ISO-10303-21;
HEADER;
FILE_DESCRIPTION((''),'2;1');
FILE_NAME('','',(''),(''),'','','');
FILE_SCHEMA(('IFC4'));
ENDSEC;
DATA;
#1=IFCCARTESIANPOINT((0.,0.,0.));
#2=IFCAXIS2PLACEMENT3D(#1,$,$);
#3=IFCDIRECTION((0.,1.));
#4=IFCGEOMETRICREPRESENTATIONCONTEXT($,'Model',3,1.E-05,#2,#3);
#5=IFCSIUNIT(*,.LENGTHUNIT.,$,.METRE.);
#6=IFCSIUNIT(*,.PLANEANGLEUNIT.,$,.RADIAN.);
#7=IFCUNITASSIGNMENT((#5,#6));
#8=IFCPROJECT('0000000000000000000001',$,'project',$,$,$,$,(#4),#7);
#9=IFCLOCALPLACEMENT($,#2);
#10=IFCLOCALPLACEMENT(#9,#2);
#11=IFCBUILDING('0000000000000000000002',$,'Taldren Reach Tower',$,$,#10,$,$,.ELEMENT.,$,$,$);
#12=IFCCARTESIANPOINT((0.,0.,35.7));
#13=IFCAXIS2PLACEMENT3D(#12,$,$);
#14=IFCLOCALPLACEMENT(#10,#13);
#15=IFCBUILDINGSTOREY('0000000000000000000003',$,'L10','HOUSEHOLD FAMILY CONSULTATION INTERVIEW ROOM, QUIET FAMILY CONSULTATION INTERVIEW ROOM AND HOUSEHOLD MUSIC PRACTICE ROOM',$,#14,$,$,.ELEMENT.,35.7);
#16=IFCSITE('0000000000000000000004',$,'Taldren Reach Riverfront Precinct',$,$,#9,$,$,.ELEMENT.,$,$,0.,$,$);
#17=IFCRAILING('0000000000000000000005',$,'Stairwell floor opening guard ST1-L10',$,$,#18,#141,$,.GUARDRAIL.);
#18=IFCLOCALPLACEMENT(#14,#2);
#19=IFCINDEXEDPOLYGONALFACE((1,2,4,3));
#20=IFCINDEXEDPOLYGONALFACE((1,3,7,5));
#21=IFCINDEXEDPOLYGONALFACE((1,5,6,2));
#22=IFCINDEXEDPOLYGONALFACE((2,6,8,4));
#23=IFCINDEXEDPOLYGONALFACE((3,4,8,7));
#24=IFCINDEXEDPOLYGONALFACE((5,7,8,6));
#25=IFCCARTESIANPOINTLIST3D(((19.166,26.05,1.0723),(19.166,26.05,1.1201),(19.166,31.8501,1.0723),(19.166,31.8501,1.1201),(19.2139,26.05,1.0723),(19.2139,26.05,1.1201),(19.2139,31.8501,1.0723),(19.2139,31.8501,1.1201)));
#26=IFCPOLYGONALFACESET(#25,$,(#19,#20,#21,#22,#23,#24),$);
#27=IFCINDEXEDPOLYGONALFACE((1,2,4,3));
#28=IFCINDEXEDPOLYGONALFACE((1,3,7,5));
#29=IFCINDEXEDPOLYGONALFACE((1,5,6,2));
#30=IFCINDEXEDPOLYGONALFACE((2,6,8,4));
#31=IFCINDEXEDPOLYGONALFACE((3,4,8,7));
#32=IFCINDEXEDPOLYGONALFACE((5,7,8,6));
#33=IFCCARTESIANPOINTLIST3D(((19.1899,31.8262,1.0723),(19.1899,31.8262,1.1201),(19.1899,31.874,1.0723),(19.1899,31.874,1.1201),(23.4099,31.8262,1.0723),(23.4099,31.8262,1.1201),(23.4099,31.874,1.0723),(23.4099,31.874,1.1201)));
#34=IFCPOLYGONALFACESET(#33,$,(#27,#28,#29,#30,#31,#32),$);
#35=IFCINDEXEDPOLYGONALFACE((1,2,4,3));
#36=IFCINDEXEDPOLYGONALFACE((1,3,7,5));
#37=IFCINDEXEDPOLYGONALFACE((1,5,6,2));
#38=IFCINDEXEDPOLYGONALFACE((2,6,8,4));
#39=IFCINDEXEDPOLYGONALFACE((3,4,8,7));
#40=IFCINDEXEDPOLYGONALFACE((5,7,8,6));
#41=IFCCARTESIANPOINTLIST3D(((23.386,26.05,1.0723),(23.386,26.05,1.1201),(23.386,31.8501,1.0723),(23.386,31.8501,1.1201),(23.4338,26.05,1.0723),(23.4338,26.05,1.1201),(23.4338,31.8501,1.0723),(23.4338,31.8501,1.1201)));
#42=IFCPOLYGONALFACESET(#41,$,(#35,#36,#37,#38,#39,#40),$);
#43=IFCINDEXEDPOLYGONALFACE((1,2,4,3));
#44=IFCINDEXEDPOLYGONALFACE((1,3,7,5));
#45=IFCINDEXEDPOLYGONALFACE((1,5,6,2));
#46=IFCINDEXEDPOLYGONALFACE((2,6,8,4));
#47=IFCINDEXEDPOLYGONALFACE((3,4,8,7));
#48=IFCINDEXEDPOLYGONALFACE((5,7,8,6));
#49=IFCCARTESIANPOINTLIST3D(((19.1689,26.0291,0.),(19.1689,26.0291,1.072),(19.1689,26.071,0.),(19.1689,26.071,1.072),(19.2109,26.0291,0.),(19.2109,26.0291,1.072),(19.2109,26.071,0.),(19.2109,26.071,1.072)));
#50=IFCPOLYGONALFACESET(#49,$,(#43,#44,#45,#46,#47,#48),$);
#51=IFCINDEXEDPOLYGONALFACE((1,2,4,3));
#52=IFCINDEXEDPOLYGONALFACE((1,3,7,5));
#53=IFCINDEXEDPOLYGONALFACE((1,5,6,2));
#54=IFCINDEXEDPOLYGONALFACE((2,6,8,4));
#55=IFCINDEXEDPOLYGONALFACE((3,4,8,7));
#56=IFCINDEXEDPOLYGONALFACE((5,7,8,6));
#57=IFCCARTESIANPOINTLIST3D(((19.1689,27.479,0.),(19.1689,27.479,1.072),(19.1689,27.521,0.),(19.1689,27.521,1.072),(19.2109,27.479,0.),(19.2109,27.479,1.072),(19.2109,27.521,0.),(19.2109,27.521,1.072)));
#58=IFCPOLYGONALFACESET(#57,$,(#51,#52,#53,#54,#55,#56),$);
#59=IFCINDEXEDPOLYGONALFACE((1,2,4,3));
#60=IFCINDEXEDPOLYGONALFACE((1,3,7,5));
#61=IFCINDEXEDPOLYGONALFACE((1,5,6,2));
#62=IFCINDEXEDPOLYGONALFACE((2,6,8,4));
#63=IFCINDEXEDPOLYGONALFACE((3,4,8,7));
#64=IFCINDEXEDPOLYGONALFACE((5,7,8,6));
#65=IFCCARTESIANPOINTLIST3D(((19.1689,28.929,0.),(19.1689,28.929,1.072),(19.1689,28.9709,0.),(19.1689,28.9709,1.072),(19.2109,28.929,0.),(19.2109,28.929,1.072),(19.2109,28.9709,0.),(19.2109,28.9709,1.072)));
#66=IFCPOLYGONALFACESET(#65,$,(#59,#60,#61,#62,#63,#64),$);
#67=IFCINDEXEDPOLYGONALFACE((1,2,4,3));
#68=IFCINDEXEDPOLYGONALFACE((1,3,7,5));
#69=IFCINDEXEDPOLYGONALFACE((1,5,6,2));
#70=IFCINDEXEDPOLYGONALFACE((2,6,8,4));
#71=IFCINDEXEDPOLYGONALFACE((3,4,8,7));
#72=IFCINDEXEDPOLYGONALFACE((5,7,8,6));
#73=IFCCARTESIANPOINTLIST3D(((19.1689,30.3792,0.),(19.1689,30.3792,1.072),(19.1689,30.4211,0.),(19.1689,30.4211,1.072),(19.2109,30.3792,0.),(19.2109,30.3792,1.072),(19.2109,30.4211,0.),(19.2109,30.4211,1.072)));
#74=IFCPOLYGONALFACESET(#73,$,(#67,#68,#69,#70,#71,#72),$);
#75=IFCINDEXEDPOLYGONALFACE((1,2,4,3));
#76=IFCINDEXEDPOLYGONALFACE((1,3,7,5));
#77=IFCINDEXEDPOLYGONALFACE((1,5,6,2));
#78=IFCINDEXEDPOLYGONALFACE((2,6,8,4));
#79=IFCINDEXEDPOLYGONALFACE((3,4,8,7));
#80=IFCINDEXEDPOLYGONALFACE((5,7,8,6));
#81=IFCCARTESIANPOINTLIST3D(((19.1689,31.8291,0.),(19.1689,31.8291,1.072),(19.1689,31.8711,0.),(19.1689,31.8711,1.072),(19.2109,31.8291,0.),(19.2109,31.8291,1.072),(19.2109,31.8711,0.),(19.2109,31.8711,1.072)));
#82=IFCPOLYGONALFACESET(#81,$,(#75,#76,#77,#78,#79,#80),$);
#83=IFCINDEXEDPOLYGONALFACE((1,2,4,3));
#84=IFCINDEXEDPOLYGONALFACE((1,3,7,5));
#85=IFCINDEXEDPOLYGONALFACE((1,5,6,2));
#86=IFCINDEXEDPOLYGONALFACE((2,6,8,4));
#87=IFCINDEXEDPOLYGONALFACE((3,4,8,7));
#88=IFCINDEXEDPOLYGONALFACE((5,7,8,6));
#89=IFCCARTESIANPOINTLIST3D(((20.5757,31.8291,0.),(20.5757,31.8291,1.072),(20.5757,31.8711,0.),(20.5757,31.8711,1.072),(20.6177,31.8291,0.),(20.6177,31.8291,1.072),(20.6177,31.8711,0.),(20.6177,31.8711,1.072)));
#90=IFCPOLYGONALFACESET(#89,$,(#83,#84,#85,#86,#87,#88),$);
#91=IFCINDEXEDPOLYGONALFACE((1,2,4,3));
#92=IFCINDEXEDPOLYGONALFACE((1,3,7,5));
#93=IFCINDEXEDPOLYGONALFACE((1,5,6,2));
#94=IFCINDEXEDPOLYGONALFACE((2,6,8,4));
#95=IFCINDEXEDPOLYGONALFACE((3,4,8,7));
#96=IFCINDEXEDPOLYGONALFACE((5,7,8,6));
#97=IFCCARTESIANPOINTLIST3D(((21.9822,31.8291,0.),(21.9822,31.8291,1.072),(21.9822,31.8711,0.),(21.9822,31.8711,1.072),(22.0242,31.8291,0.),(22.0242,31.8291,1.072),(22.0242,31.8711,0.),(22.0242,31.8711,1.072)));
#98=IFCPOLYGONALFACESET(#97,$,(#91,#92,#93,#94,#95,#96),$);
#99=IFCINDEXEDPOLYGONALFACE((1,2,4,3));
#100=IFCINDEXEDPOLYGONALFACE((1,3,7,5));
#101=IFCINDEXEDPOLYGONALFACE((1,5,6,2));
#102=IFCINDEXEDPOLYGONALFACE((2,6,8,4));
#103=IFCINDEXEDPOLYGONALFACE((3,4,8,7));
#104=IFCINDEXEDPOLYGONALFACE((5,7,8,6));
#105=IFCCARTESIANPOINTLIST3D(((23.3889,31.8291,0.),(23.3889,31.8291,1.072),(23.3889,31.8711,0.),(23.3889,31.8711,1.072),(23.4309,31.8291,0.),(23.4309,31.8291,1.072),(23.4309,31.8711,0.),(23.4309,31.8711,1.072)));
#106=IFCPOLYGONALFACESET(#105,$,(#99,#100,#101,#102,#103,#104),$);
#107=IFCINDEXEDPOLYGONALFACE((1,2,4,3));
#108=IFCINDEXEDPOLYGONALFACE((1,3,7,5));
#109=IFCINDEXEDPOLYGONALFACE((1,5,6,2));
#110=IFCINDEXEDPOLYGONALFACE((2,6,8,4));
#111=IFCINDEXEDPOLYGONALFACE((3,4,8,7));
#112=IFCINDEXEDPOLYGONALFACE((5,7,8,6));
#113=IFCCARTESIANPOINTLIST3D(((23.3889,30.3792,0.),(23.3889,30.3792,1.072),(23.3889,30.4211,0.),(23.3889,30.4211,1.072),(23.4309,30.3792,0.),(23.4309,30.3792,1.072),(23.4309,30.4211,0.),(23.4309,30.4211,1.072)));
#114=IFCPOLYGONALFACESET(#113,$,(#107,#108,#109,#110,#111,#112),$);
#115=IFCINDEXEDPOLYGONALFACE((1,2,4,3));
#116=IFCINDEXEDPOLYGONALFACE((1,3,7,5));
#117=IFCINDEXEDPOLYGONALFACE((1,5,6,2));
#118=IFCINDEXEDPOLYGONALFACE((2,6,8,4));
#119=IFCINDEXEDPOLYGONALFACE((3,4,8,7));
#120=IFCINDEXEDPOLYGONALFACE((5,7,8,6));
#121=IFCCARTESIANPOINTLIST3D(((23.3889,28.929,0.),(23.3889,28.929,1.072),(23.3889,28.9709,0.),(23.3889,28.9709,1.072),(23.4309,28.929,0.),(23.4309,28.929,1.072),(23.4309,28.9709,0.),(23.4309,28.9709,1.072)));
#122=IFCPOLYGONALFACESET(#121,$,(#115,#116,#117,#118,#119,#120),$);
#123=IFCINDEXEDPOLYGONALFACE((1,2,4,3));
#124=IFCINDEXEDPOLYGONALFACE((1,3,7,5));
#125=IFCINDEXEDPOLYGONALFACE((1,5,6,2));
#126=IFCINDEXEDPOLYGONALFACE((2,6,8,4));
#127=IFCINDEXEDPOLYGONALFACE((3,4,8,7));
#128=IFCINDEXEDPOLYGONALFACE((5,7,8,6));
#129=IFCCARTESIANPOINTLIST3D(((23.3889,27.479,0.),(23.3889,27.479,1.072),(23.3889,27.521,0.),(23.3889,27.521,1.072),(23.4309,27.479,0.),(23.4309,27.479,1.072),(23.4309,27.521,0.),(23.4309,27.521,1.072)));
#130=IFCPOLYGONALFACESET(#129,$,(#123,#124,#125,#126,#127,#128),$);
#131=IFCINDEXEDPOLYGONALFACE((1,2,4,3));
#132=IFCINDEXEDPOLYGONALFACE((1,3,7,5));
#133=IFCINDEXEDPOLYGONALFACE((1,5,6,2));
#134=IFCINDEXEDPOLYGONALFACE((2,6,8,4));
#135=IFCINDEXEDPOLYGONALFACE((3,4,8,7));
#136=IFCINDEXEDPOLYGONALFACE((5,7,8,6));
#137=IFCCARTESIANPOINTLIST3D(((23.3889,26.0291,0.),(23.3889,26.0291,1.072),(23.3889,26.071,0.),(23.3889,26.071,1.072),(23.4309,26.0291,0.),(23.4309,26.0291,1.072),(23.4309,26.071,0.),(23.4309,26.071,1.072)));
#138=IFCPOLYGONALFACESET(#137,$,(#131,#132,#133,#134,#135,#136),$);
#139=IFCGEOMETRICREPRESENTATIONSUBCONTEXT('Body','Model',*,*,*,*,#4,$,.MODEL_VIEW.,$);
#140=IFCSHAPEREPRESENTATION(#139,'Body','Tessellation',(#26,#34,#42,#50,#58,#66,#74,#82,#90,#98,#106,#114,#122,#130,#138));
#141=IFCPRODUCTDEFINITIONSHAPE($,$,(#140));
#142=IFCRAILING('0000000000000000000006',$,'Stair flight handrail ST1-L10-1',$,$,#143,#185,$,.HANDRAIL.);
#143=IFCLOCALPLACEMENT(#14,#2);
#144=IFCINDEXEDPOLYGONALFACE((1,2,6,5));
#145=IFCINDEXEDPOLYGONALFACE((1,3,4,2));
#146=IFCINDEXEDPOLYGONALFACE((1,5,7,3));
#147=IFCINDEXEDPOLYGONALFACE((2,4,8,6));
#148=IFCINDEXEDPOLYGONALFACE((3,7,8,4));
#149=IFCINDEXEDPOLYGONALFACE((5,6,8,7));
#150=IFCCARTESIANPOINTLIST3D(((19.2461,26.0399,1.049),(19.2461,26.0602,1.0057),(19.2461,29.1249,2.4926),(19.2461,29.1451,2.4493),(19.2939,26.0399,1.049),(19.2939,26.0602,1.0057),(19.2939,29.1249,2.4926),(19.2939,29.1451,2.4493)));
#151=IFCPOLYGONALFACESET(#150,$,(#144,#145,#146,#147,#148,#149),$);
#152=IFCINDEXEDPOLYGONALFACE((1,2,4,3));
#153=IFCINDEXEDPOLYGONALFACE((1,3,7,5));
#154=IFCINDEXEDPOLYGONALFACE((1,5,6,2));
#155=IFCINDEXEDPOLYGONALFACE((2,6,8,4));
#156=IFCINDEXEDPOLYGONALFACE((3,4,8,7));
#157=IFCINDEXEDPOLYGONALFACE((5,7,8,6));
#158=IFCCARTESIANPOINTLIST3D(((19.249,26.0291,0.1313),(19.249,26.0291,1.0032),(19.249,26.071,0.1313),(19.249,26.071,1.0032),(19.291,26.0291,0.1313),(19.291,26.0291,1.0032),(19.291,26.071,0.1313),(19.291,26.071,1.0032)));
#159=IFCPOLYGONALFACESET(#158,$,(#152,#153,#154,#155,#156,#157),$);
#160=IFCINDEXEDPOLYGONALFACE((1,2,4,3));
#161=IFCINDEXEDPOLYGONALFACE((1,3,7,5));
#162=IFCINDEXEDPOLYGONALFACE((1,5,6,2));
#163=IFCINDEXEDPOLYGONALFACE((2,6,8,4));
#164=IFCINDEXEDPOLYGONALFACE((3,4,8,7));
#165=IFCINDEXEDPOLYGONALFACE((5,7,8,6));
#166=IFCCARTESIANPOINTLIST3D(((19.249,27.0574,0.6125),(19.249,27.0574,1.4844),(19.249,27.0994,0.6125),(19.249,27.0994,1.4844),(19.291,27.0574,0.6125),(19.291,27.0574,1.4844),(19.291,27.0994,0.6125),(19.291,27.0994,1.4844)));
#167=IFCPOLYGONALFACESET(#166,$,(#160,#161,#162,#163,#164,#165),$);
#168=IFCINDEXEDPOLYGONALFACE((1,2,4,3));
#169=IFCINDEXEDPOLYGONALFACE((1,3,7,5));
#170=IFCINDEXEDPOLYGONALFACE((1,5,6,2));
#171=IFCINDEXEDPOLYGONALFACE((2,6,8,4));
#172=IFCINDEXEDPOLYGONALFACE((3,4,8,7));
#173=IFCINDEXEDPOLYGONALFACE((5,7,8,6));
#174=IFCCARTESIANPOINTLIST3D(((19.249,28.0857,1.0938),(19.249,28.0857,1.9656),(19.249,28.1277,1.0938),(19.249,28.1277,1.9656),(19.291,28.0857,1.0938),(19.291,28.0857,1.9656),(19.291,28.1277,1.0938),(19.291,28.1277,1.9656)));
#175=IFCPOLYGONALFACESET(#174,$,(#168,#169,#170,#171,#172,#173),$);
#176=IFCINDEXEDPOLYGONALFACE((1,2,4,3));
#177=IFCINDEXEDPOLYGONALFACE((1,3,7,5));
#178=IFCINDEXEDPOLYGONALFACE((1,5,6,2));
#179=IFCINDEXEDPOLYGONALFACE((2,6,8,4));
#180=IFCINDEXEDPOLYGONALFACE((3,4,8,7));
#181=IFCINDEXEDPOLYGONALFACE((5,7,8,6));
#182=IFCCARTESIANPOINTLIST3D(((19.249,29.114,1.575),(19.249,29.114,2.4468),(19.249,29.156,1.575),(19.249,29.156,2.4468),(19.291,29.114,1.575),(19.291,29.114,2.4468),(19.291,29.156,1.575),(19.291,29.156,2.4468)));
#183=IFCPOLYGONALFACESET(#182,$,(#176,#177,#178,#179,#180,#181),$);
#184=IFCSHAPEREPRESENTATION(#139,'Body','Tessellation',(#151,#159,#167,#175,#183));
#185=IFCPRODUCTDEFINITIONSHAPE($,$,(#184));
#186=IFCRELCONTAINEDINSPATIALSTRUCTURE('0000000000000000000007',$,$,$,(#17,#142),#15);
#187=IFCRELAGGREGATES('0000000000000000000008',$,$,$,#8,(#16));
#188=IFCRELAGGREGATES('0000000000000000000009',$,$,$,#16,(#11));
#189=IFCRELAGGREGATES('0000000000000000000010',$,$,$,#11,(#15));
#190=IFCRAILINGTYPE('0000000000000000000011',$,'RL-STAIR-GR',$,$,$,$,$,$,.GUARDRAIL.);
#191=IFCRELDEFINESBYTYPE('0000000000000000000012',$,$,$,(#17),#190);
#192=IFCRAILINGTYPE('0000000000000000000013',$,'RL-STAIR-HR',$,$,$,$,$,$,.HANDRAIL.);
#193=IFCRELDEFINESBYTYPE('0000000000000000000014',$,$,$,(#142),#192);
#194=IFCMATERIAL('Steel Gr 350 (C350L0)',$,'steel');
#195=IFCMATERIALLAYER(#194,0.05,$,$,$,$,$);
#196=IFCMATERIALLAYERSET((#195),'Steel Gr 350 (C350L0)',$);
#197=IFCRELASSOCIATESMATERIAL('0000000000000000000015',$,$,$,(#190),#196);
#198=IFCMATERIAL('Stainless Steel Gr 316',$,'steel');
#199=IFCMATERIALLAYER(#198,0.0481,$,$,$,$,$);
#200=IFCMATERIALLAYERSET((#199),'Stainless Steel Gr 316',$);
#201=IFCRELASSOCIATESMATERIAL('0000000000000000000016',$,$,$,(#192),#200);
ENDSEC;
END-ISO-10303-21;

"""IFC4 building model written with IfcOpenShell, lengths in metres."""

from ifc_helpers import new_model, si_unit, direction, frame, origin, origin_2d, place, context, subcontext, project, spatial, rectangle, extrude, material, layer, layer_set, type_object, element, save


model = new_model("IFC4")

# Units and contexts
model_context = context("Model", 3, precision=1e-05, world=origin(), true_north=direction((0.0, 1.0)))
body_context = subcontext(model_context, "Body", "Model", "MODEL_VIEW")
ifc_project = project(units=[si_unit("LENGTHUNIT", "METRE"), si_unit("PLANEANGLEUNIT", "RADIAN")], contexts=[model_context])

# Site, building, storey
site_placement = place(None, origin())
site = spatial("IfcSite", under=ifc_project, at=site_placement, Name="Taldren Reach Riverfront Precinct", CompositionType="ELEMENT", RefElevation=0.0)
building_placement = place(site_placement, origin())
building = spatial("IfcBuilding", under=site, at=building_placement, Name="Taldren Reach Tower", CompositionType="ELEMENT")
storey_placement = place(building_placement, frame((0.0, 0.0, 35.7)))
storey = spatial("IfcBuildingStorey", under=building, at=storey_placement, Name="L10", Description="HOUSEHOLD FAMILY CONSULTATION INTERVIEW ROOM, QUIET FAMILY CONSULTATION INTERVIEW ROOM AND HOUSEHOLD MUSIC PRACTICE ROOM", CompositionType="ELEMENT", Elevation=35.7)

# Railings
ifc_material_1 = material(Name="Steel Gr 350 (C350L0)", Category="steel")
ifc_layer_1 = layer(ifc_material_1, 0.05)
ifc_layer_set_1 = layer_set([ifc_layer_1], Name="Steel Gr 350 (C350L0)")
railing_type_1 = type_object("IfcRailingType", Name="RL-STAIR-GR", PredefinedType="GUARDRAIL", material=ifc_layer_set_1)
railing_1_placement = place(storey_placement, frame((19.1899, 26.05, 0.0)))
element("IfcRailing", 1, at=railing_1_placement, inside=storey, type_object=railing_type_1, Name="Stairwell floor opening guard ST1-L10", PredefinedType="GUARDRAIL", context=body_context, shape_type="SweptSolid", body=[
    extrude(rectangle(XDim=0.0479, YDim=0.0479, at=origin_2d()), frame((0.0, 0.0, 1.0962), z_axis=(0.0, 1.0, 0.0), x_axis=(-1.0, 0.0, 0.0)), (0.0, 0.0, 1.0), 5.8),
    extrude(rectangle(XDim=0.0479, YDim=0.0479, at=origin_2d()), frame((0.0, 5.8, 1.0962), z_axis=(1.0, 0.0, 0.0), x_axis=(0.0, 1.0, 0.0)), (0.0, 0.0, 1.0), 4.22),
    extrude(rectangle(XDim=0.0479, YDim=0.0479, at=origin_2d()), frame((4.22, 5.8, 1.0962), z_axis=(0.0, -1.0, 0.0), x_axis=(1.0, 0.0, 0.0)), (0.0, 0.0, 1.0), 5.8),
    extrude(rectangle(XDim=0.042, YDim=0.042, at=origin_2d()), origin(), (0.0, 0.0, 1.0), 1.072),
    extrude(rectangle(XDim=0.042, YDim=0.042, at=origin_2d()), frame((0.0, 1.45, 0.0)), (0.0, 0.0, 1.0), 1.072),
    extrude(rectangle(XDim=0.042, YDim=0.042, at=origin_2d()), frame((0.0, 2.8999, 0.0)), (0.0, 0.0, 1.0), 1.072),
    extrude(rectangle(XDim=0.042, YDim=0.042, at=origin_2d()), frame((0.0, 4.3501, 0.0)), (0.0, 0.0, 1.0), 1.072),
    extrude(rectangle(XDim=0.042, YDim=0.042, at=origin_2d()), frame((0.0, 5.8, 0.0)), (0.0, 0.0, 1.0), 1.072),
    extrude(rectangle(XDim=0.042, YDim=0.042, at=origin_2d()), frame((1.4067, 5.8, 0.0)), (0.0, 0.0, 1.0), 1.072),
    extrude(rectangle(XDim=0.042, YDim=0.042, at=origin_2d()), frame((2.8132, 5.8, 0.0)), (0.0, 0.0, 1.0), 1.072),
    extrude(rectangle(XDim=0.042, YDim=0.042, at=origin_2d()), frame((4.22, 5.8, 0.0)), (0.0, 0.0, 1.0), 1.072),
    extrude(rectangle(XDim=0.042, YDim=0.042, at=origin_2d()), frame((4.22, 4.3501, 0.0)), (0.0, 0.0, 1.0), 1.072),
    extrude(rectangle(XDim=0.042, YDim=0.042, at=origin_2d()), frame((4.22, 2.8999, 0.0)), (0.0, 0.0, 1.0), 1.072),
    extrude(rectangle(XDim=0.042, YDim=0.042, at=origin_2d()), frame((4.22, 1.45, 0.0)), (0.0, 0.0, 1.0), 1.072),
    extrude(rectangle(XDim=0.042, YDim=0.042, at=origin_2d()), frame((4.22, 0.0, 0.0)), (0.0, 0.0, 1.0), 1.072),
])
ifc_material_2 = material(Name="Stainless Steel Gr 316", Category="steel")
ifc_layer_2 = layer(ifc_material_2, 0.0481)
ifc_layer_set_2 = layer_set([ifc_layer_2], Name="Stainless Steel Gr 316")
railing_type_2 = type_object("IfcRailingType", Name="RL-STAIR-HR", PredefinedType="HANDRAIL", material=ifc_layer_set_2)
railing_2_placement = place(storey_placement, frame((19.27, 26.05, 0.1313)))
element("IfcRailing", 2, at=railing_2_placement, inside=storey, type_object=railing_type_2, Name="Stair flight handrail ST1-L10-1", PredefinedType="HANDRAIL", context=body_context, shape_type="SweptSolid", body=[
    extrude(rectangle(XDim=0.0479, YDim=0.0479, at=origin_2d()), frame((0.0, 0.0, 0.896), z_axis=(0.0, 0.905738, 0.423839), x_axis=(-1.0, 0.0, 0.0)), (0.0, 0.0, 1.0), 3.406),
    extrude(rectangle(XDim=0.042, YDim=0.042, at=origin_2d()), origin(), (0.0, 0.0, 1.0), 0.8718),
    extrude(rectangle(XDim=0.042, YDim=0.042, at=origin_2d()), frame((0.0, 1.0283, 0.4812)), (0.0, 0.0, 1.0), 0.8718),
    extrude(rectangle(XDim=0.042, YDim=0.042, at=origin_2d()), frame((0.0, 2.0566, 0.9624)), (0.0, 0.0, 1.0), 0.8718),
    extrude(rectangle(XDim=0.042, YDim=0.042, at=origin_2d()), frame((0.0, 3.085, 1.4436)), (0.0, 0.0, 1.0), 0.8718),
])

save(model, "model.ifc")
